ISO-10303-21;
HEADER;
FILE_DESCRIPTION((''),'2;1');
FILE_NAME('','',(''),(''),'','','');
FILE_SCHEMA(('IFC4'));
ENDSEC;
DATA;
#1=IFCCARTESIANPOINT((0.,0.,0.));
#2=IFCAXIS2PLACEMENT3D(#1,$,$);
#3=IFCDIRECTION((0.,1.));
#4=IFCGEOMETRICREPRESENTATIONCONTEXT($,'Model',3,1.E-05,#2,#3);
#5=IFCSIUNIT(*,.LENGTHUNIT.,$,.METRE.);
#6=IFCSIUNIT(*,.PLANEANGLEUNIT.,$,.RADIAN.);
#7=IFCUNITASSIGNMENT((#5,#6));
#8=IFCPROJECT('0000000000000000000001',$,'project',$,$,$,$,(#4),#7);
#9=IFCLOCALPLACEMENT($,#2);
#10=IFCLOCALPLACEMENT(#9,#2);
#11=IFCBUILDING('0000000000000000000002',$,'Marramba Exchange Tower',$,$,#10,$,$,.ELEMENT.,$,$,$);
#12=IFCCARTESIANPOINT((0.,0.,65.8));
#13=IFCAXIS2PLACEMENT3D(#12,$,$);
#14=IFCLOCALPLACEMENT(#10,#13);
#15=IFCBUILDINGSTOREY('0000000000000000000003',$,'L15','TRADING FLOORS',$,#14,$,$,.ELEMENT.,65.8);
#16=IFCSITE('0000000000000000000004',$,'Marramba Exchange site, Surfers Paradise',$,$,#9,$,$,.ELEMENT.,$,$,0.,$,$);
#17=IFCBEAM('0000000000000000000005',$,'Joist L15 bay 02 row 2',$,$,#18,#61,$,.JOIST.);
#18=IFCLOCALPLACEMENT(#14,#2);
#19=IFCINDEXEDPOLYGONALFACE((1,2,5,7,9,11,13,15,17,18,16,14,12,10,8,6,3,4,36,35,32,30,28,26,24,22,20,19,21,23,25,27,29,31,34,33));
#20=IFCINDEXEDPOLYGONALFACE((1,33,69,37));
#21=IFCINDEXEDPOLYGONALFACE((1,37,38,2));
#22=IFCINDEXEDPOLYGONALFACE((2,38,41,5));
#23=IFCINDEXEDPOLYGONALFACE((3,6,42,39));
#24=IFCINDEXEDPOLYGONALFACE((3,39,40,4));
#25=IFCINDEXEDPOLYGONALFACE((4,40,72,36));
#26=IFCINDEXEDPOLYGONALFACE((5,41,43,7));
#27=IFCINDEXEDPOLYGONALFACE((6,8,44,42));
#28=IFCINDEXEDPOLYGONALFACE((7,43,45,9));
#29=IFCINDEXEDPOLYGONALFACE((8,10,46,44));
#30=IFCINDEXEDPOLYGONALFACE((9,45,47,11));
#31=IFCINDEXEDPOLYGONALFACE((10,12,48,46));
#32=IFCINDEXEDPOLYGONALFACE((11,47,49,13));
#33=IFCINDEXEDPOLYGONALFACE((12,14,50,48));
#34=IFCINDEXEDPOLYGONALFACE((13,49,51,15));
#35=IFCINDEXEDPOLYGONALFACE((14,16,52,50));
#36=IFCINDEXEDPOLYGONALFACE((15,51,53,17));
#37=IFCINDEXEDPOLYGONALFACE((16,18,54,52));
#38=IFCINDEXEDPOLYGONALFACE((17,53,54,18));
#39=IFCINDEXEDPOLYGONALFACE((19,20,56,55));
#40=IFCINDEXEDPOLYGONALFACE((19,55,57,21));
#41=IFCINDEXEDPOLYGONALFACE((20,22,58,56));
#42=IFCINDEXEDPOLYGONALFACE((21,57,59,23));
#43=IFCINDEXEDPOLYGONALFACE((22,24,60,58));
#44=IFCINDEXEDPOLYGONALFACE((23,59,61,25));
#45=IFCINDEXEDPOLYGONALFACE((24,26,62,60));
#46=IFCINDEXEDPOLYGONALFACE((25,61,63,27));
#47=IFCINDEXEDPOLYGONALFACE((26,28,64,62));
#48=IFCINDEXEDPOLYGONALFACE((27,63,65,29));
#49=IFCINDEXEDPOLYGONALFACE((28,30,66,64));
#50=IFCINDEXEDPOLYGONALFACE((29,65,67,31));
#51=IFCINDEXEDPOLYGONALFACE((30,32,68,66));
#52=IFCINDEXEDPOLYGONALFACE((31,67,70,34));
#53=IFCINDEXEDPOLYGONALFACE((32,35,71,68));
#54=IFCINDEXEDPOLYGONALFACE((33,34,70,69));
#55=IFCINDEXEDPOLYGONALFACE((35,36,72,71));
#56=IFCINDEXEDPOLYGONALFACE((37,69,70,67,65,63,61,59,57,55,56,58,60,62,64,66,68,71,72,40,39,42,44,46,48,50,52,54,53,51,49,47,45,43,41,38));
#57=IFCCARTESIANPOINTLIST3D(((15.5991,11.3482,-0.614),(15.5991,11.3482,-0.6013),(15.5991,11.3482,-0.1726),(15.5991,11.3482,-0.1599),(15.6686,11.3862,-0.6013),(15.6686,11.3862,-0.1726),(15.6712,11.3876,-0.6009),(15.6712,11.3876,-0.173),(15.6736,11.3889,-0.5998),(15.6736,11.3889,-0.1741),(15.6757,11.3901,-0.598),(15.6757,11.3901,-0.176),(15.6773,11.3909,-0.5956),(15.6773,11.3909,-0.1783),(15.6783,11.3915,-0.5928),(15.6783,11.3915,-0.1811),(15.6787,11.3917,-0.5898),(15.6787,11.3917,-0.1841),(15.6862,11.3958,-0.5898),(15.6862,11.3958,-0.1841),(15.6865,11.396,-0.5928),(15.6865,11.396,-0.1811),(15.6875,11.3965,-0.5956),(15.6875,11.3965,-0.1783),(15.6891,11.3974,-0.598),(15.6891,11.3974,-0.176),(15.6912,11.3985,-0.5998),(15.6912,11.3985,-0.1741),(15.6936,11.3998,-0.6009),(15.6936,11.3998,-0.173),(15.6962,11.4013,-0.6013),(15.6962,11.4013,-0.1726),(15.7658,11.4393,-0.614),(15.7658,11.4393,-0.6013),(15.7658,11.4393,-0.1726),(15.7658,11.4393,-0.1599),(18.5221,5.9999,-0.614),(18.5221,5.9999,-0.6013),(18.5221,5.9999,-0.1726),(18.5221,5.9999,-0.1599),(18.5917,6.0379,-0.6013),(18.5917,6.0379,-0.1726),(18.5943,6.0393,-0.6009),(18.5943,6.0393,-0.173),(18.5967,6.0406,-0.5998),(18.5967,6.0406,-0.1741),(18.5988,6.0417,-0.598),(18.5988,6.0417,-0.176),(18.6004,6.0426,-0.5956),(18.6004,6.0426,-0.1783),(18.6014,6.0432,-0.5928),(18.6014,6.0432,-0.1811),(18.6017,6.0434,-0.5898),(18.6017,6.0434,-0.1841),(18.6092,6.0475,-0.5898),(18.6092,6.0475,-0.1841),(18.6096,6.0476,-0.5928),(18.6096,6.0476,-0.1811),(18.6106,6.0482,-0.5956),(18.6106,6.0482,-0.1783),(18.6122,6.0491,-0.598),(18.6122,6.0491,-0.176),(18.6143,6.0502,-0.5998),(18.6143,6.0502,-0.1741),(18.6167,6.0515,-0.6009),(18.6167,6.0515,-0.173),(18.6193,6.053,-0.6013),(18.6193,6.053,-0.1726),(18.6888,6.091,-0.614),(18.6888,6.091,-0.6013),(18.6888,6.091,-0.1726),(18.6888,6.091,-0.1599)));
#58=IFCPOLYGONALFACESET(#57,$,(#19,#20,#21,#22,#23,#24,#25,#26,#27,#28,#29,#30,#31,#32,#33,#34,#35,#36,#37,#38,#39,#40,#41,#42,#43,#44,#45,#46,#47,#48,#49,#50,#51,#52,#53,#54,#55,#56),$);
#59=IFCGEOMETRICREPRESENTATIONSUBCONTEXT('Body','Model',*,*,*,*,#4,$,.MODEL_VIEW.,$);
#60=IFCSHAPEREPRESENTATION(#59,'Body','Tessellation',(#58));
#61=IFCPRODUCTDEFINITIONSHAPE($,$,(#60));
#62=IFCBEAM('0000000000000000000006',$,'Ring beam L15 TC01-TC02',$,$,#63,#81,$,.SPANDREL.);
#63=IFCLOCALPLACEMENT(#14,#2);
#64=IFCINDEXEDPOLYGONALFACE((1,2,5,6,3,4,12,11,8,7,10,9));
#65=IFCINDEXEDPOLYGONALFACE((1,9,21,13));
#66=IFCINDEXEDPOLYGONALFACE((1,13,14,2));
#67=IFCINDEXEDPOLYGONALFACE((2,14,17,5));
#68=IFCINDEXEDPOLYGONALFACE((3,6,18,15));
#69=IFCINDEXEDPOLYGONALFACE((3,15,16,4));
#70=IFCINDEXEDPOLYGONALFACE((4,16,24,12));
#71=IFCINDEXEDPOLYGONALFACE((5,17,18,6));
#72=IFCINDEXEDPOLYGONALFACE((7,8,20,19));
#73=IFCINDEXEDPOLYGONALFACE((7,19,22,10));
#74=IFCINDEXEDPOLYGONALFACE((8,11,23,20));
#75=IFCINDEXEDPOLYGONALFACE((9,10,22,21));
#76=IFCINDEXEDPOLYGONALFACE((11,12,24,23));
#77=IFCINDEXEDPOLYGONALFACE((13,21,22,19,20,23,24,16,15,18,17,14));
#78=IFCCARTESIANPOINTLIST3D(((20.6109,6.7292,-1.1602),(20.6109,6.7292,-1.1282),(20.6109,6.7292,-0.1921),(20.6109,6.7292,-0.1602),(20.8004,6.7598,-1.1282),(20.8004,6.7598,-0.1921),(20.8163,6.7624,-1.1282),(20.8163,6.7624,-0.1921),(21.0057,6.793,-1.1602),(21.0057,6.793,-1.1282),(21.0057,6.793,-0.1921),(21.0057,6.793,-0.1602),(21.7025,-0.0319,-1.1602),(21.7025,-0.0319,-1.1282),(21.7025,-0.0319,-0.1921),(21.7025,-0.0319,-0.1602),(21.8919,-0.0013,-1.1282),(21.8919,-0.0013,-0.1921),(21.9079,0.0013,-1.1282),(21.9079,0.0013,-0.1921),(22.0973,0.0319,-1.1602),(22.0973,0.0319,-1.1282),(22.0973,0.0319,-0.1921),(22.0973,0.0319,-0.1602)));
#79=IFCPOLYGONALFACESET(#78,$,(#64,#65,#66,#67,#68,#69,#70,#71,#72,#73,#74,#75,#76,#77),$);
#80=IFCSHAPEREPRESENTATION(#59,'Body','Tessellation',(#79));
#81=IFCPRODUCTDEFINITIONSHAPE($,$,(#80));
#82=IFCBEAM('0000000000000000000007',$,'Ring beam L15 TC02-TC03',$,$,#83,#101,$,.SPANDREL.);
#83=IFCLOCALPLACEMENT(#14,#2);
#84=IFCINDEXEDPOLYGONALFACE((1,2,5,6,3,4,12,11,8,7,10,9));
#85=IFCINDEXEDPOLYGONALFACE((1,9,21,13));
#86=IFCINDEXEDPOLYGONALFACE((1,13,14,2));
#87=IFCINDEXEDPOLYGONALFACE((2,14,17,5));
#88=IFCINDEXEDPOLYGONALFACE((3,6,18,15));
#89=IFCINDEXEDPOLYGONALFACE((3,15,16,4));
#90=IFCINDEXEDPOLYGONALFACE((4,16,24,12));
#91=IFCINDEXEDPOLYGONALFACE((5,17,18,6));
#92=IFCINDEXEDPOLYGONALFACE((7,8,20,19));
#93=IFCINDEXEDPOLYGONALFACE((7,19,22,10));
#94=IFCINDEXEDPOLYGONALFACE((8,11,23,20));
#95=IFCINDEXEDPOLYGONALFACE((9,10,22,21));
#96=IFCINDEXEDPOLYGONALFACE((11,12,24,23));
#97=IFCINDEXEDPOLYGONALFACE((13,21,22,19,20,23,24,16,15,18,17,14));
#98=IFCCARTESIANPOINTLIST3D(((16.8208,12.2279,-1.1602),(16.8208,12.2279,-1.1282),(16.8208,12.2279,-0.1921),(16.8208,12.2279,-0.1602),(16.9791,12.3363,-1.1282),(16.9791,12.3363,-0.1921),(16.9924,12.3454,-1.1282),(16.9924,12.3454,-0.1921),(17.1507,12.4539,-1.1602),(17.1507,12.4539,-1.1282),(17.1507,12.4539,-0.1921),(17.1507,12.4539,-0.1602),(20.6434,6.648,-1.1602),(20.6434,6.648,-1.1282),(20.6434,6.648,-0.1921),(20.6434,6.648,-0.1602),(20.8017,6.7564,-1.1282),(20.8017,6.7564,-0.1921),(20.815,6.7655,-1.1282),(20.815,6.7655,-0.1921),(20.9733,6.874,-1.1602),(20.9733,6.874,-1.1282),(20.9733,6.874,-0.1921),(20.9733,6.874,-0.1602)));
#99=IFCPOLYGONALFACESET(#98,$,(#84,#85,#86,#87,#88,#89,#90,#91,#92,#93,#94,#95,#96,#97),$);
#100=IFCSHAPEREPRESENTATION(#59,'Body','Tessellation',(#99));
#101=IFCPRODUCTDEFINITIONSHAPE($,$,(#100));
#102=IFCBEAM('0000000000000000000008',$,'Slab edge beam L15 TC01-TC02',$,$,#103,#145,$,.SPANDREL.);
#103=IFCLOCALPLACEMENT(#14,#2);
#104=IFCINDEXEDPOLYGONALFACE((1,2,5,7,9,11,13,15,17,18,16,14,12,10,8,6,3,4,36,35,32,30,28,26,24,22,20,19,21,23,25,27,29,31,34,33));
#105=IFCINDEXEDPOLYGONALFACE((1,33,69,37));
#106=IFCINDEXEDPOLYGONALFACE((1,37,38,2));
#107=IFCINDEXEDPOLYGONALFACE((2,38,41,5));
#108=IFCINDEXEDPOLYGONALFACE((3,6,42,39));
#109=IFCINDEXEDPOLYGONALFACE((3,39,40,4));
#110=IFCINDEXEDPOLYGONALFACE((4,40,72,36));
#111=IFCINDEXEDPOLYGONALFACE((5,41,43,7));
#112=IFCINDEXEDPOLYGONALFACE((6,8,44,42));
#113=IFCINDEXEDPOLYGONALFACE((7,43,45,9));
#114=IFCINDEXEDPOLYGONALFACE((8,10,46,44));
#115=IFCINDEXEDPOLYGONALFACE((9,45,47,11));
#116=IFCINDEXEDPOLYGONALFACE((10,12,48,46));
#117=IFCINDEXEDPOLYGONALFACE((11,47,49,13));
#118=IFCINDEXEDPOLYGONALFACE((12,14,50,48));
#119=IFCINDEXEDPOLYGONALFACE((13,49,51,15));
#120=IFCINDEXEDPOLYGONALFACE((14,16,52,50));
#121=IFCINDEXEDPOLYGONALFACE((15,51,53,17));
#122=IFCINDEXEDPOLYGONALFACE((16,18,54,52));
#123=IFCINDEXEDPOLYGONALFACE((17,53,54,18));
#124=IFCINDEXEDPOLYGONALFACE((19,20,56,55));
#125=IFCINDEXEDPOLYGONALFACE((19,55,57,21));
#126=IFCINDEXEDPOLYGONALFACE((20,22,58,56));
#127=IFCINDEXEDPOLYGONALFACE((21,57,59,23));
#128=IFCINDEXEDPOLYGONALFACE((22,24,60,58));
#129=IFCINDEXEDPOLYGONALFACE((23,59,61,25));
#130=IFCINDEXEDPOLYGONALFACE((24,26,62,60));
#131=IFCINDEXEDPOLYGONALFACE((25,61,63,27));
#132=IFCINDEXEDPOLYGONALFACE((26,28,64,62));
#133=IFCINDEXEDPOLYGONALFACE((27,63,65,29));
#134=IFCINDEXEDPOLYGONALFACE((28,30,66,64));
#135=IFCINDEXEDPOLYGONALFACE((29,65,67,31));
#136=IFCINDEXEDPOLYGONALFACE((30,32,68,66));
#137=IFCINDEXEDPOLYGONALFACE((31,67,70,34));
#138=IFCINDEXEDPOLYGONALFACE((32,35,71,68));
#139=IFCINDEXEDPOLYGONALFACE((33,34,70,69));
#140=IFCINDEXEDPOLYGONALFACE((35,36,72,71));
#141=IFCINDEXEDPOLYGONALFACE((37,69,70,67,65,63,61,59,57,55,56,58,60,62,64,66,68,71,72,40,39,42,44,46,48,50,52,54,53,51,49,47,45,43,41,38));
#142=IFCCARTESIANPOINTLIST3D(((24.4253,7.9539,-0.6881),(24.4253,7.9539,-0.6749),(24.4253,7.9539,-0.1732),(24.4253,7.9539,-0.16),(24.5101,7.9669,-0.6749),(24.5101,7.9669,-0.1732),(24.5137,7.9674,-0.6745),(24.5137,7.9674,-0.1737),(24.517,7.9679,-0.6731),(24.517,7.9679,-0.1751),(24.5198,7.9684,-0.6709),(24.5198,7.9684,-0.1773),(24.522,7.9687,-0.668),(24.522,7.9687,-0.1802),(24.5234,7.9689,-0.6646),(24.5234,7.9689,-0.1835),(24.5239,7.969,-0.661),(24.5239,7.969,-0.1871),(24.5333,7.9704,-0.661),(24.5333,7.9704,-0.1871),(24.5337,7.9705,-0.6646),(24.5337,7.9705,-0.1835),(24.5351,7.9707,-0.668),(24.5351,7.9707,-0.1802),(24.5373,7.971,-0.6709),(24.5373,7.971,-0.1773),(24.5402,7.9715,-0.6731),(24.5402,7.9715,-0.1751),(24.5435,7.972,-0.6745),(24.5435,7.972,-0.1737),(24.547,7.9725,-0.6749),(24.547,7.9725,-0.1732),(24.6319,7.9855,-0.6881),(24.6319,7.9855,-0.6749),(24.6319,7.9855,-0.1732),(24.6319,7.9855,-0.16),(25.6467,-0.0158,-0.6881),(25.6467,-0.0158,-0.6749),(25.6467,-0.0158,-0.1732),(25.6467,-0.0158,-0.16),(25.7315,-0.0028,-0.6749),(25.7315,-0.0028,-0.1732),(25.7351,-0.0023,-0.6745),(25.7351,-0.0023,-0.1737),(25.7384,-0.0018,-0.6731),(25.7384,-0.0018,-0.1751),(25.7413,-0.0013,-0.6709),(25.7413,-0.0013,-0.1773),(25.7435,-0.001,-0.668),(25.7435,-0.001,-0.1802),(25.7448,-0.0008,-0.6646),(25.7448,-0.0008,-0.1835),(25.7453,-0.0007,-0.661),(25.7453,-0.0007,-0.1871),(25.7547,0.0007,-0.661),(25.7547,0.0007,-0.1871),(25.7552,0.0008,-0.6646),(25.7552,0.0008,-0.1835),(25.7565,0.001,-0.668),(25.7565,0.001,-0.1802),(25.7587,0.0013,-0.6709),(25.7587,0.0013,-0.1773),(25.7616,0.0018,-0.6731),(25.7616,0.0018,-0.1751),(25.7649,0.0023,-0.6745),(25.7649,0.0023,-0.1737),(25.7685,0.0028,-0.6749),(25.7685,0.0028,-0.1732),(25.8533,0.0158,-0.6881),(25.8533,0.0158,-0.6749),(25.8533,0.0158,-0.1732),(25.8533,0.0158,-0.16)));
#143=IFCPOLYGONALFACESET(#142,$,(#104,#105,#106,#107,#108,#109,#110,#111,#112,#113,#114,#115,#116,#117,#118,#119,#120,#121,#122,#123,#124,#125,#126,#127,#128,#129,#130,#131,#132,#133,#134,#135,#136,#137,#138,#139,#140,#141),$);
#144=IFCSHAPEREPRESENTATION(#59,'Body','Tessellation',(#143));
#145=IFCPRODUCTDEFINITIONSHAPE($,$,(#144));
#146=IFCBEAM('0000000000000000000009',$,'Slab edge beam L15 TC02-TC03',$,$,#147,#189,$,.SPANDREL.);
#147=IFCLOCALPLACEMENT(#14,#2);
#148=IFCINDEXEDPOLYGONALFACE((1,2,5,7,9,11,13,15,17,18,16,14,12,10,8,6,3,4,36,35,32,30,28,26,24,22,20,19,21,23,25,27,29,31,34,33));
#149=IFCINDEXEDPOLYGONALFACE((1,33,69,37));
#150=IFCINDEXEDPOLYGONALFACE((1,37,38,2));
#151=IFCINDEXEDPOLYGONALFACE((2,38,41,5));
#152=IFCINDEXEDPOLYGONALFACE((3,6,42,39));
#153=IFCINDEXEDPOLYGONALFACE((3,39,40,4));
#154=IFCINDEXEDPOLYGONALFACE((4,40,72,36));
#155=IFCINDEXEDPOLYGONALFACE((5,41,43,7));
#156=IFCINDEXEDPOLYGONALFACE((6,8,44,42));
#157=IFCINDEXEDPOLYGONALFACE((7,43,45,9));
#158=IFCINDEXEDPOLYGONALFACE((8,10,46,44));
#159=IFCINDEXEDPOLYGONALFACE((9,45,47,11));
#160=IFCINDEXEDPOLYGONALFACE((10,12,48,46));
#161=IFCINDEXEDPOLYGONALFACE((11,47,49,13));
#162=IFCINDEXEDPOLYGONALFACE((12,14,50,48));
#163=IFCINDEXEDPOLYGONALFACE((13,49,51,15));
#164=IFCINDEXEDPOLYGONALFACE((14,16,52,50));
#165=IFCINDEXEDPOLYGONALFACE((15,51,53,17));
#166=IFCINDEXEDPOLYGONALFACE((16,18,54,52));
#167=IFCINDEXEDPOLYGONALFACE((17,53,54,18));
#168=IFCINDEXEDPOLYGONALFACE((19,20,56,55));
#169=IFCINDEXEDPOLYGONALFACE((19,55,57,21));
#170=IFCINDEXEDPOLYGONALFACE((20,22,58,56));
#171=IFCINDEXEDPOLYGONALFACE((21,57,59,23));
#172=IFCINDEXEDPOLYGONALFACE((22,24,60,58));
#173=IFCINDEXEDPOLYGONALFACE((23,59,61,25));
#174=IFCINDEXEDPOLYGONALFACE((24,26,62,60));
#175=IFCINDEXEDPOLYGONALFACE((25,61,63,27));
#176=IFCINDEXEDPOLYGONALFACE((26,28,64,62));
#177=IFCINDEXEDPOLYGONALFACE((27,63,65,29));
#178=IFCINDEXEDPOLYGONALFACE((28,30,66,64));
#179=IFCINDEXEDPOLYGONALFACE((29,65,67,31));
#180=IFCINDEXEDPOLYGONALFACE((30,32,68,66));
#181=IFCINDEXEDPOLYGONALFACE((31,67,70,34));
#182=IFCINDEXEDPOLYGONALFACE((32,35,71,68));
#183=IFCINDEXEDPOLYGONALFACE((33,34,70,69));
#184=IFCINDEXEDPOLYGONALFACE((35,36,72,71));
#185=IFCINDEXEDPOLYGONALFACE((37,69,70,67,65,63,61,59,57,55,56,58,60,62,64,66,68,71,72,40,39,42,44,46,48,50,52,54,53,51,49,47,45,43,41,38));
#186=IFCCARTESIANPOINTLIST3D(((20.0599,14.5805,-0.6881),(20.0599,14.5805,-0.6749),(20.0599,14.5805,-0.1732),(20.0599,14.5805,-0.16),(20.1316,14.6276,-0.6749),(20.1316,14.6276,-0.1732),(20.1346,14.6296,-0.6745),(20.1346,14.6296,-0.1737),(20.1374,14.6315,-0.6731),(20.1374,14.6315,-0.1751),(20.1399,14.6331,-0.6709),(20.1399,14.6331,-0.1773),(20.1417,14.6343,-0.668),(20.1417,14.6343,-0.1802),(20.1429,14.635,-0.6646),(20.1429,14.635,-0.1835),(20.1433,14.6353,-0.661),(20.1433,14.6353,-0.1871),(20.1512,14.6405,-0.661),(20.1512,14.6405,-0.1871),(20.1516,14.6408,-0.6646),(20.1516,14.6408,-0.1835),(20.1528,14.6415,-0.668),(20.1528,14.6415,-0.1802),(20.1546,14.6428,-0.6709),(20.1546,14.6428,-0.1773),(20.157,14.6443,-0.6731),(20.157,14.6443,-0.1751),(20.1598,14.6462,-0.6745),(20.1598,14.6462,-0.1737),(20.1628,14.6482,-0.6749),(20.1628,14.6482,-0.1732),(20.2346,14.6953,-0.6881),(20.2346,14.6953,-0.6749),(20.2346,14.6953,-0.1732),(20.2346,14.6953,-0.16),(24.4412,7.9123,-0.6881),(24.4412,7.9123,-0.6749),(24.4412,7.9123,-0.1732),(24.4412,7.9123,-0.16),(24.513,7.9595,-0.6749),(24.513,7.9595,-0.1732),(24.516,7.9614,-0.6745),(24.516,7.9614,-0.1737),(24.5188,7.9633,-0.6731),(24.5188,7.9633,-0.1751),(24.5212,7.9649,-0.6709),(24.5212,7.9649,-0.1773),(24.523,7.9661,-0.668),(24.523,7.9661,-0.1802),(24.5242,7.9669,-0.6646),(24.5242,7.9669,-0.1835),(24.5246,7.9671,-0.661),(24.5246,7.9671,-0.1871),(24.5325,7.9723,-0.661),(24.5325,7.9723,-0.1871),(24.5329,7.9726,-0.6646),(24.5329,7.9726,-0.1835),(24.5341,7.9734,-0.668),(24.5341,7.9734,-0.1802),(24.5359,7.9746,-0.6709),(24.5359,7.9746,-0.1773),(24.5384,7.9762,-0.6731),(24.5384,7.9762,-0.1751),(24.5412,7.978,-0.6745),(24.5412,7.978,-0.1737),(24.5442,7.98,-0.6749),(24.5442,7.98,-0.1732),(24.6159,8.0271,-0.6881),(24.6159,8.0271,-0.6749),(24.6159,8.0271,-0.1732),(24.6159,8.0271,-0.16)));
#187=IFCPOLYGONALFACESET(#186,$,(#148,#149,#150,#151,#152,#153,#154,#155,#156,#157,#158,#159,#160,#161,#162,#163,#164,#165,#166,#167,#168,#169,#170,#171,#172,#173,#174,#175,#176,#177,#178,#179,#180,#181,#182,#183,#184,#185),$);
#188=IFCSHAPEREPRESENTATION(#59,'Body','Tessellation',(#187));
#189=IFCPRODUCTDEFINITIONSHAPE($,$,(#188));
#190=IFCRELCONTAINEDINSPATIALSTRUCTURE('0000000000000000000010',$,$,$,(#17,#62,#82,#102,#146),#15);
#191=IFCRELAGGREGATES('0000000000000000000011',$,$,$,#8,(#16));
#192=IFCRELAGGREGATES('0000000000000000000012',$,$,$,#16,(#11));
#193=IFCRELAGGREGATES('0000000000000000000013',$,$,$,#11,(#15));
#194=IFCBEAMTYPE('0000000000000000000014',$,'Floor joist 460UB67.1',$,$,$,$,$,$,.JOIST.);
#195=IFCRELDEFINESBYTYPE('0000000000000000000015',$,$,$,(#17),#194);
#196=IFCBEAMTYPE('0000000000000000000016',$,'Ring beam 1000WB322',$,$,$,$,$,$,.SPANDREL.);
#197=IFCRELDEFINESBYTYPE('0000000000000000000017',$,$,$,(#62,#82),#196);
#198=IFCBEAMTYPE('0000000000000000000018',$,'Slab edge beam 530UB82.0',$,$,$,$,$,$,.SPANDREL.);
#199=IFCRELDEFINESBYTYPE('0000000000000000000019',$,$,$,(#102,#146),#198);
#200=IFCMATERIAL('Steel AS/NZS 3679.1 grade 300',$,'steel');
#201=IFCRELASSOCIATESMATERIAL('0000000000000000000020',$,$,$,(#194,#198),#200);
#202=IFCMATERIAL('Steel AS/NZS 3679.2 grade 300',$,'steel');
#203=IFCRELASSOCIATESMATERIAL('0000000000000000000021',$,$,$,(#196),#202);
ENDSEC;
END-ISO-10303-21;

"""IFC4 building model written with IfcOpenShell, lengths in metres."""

from ifc_helpers import new_model, si_unit, direction, frame, origin, origin_2d, place, context, subcontext, project, spatial, i_section, extrude, material, material_profile, profile_set, type_object, element, save


model = new_model("IFC4")

# Units and contexts
model_context = context("Model", 3, precision=1e-05, world=origin(), true_north=direction((0.0, 1.0)))
body_context = subcontext(model_context, "Body", "Model", "MODEL_VIEW")
ifc_project = project(units=[si_unit("LENGTHUNIT", "METRE"), si_unit("PLANEANGLEUNIT", "RADIAN")], contexts=[model_context])

# Site, building, storey
site_placement = place(None, origin())
site = spatial("IfcSite", under=ifc_project, at=site_placement, Name="Marramba Exchange site, Surfers Paradise", CompositionType="ELEMENT", RefElevation=0.0)
building_placement = place(site_placement, origin())
building = spatial("IfcBuilding", under=site, at=building_placement, Name="Marramba Exchange Tower", CompositionType="ELEMENT")
storey_placement = place(building_placement, frame((0.0, 0.0, 65.8)))
storey = spatial("IfcBuildingStorey", under=building, at=storey_placement, Name="L15", Description="TRADING FLOORS", CompositionType="ELEMENT", Elevation=65.8)

# Beams
ifc_material_1 = material(Name="Steel AS/NZS 3679.2 grade 300", Category="steel")
ifc_material_2 = material(Name="Steel AS/NZS 3679.1 grade 300", Category="steel")
ifc_material_profile_1 = material_profile(ifc_material_2, i_section(OverallWidth=0.1899, OverallDepth=0.4541, WebThickness=0.0085, FlangeThickness=0.0127, FilletRadius=0.0115, at=origin_2d()), Name="460UB67.1")
ifc_profile_set_1 = profile_set([ifc_material_profile_1], Name="Steel AS/NZS 3679.1 grade 300")
beam_type_1 = type_object("IfcBeamType", Name="Floor joist 460UB67.1", PredefinedType="JOIST", material=ifc_profile_set_1)
beam_1_placement = place(storey_placement, frame((18.6055, 6.0454, -0.387), z_axis=(-0.479584, 0.877496, 0.0), x_axis=(-0.877496, -0.479584, 0.0)))
element("IfcBeam", 1, at=beam_1_placement, inside=storey, type_object=beam_type_1, Name="Joist L15 bay 02 row 2", PredefinedType="JOIST", context=body_context, shape_type="SweptSolid", body=[
    extrude(i_section(OverallWidth=0.1899, OverallDepth=0.4541, WebThickness=0.0085, FlangeThickness=0.0127, FilletRadius=0.0115, at=origin_2d()), origin(), (0.0, 0.0, 1.0), 6.095),
])
ifc_material_profile_2 = material_profile(ifc_material_1, i_section(OverallWidth=0.3999, OverallDepth=1.0, WebThickness=0.0161, FlangeThickness=0.032, at=origin_2d()), Name="1000WB322")
ifc_profile_set_2 = profile_set([ifc_material_profile_2], Name="Steel AS/NZS 3679.2 grade 300")
beam_type_2 = type_object("IfcBeamType", Name="Ring beam 1000WB322", PredefinedType="SPANDREL", material=ifc_profile_set_2)
beam_2_placement = place(storey_placement, frame((21.8999, 0.0, -0.6602), z_axis=(-0.159385, 0.987217, 0.0), x_axis=(-0.987217, -0.159385, 0.0)))
element("IfcBeam", 2, at=beam_2_placement, inside=storey, type_object=beam_type_2, Name="Ring beam L15 TC01-TC02", PredefinedType="SPANDREL", context=body_context, shape_type="SweptSolid", body=[
    extrude(i_section(OverallWidth=0.3999, OverallDepth=1.0, WebThickness=0.0161, FlangeThickness=0.032, at=origin_2d()), origin(), (0.0, 0.0, 1.0), 6.8486),
])
beam_3_placement = place(storey_placement, frame((20.8083, 6.761, -0.6602), z_axis=(-0.56516, 0.824981, 0.0), x_axis=(-0.824981, -0.56516, 0.0)))
element("IfcBeam", 3, at=beam_3_placement, inside=storey, type_object=beam_type_2, Name="Ring beam L15 TC02-TC03", PredefinedType="SPANDREL", context=body_context, shape_type="SweptSolid", body=[
    extrude(i_section(OverallWidth=0.3999, OverallDepth=1.0, WebThickness=0.0161, FlangeThickness=0.032, at=origin_2d()), origin(), (0.0, 0.0, 1.0), 6.7637),
])
ifc_material_profile_3 = material_profile(ifc_material_2, i_section(OverallWidth=0.209, OverallDepth=0.5281, WebThickness=0.0095, FlangeThickness=0.0132, FilletRadius=0.0139, at=origin_2d()), Name="530UB82.0")
ifc_profile_set_3 = profile_set([ifc_material_profile_3], Name="Steel AS/NZS 3679.1 grade 300")
beam_type_3 = type_object("IfcBeamType", Name="Slab edge beam 530UB82.0", PredefinedType="SPANDREL", material=ifc_profile_set_3)
beam_4_placement = place(storey_placement, frame((25.75, 0.0, -0.4241), z_axis=(-0.151491, 0.988459, 0.0), x_axis=(-0.988459, -0.151491, 0.0)))
element("IfcBeam", 4, at=beam_4_placement, inside=storey, type_object=beam_type_3, Name="Slab edge beam L15 TC01-TC02", PredefinedType="SPANDREL", context=body_context, shape_type="SweptSolid", body=[
    extrude(i_section(OverallWidth=0.209, OverallDepth=0.5281, WebThickness=0.0095, FlangeThickness=0.0132, FilletRadius=0.0139, at=origin_2d()), origin(), (0.0, 0.0, 1.0), 8.0627),
])
beam_5_placement = place(storey_placement, frame((24.5286, 7.9697, -0.4241), z_axis=(-0.549124, 0.835741, 0.0), x_axis=(-0.835741, -0.549124, 0.0)))
element("IfcBeam", 5, at=beam_5_placement, inside=storey, type_object=beam_type_3, Name="Slab edge beam L15 TC02-TC03", PredefinedType="SPANDREL", context=body_context, shape_type="SweptSolid", body=[
    extrude(i_section(OverallWidth=0.209, OverallDepth=0.5281, WebThickness=0.0095, FlangeThickness=0.0132, FilletRadius=0.0139, at=origin_2d()), origin(), (0.0, 0.0, 1.0), 7.9788),
])

save(model, "model.ifc")
